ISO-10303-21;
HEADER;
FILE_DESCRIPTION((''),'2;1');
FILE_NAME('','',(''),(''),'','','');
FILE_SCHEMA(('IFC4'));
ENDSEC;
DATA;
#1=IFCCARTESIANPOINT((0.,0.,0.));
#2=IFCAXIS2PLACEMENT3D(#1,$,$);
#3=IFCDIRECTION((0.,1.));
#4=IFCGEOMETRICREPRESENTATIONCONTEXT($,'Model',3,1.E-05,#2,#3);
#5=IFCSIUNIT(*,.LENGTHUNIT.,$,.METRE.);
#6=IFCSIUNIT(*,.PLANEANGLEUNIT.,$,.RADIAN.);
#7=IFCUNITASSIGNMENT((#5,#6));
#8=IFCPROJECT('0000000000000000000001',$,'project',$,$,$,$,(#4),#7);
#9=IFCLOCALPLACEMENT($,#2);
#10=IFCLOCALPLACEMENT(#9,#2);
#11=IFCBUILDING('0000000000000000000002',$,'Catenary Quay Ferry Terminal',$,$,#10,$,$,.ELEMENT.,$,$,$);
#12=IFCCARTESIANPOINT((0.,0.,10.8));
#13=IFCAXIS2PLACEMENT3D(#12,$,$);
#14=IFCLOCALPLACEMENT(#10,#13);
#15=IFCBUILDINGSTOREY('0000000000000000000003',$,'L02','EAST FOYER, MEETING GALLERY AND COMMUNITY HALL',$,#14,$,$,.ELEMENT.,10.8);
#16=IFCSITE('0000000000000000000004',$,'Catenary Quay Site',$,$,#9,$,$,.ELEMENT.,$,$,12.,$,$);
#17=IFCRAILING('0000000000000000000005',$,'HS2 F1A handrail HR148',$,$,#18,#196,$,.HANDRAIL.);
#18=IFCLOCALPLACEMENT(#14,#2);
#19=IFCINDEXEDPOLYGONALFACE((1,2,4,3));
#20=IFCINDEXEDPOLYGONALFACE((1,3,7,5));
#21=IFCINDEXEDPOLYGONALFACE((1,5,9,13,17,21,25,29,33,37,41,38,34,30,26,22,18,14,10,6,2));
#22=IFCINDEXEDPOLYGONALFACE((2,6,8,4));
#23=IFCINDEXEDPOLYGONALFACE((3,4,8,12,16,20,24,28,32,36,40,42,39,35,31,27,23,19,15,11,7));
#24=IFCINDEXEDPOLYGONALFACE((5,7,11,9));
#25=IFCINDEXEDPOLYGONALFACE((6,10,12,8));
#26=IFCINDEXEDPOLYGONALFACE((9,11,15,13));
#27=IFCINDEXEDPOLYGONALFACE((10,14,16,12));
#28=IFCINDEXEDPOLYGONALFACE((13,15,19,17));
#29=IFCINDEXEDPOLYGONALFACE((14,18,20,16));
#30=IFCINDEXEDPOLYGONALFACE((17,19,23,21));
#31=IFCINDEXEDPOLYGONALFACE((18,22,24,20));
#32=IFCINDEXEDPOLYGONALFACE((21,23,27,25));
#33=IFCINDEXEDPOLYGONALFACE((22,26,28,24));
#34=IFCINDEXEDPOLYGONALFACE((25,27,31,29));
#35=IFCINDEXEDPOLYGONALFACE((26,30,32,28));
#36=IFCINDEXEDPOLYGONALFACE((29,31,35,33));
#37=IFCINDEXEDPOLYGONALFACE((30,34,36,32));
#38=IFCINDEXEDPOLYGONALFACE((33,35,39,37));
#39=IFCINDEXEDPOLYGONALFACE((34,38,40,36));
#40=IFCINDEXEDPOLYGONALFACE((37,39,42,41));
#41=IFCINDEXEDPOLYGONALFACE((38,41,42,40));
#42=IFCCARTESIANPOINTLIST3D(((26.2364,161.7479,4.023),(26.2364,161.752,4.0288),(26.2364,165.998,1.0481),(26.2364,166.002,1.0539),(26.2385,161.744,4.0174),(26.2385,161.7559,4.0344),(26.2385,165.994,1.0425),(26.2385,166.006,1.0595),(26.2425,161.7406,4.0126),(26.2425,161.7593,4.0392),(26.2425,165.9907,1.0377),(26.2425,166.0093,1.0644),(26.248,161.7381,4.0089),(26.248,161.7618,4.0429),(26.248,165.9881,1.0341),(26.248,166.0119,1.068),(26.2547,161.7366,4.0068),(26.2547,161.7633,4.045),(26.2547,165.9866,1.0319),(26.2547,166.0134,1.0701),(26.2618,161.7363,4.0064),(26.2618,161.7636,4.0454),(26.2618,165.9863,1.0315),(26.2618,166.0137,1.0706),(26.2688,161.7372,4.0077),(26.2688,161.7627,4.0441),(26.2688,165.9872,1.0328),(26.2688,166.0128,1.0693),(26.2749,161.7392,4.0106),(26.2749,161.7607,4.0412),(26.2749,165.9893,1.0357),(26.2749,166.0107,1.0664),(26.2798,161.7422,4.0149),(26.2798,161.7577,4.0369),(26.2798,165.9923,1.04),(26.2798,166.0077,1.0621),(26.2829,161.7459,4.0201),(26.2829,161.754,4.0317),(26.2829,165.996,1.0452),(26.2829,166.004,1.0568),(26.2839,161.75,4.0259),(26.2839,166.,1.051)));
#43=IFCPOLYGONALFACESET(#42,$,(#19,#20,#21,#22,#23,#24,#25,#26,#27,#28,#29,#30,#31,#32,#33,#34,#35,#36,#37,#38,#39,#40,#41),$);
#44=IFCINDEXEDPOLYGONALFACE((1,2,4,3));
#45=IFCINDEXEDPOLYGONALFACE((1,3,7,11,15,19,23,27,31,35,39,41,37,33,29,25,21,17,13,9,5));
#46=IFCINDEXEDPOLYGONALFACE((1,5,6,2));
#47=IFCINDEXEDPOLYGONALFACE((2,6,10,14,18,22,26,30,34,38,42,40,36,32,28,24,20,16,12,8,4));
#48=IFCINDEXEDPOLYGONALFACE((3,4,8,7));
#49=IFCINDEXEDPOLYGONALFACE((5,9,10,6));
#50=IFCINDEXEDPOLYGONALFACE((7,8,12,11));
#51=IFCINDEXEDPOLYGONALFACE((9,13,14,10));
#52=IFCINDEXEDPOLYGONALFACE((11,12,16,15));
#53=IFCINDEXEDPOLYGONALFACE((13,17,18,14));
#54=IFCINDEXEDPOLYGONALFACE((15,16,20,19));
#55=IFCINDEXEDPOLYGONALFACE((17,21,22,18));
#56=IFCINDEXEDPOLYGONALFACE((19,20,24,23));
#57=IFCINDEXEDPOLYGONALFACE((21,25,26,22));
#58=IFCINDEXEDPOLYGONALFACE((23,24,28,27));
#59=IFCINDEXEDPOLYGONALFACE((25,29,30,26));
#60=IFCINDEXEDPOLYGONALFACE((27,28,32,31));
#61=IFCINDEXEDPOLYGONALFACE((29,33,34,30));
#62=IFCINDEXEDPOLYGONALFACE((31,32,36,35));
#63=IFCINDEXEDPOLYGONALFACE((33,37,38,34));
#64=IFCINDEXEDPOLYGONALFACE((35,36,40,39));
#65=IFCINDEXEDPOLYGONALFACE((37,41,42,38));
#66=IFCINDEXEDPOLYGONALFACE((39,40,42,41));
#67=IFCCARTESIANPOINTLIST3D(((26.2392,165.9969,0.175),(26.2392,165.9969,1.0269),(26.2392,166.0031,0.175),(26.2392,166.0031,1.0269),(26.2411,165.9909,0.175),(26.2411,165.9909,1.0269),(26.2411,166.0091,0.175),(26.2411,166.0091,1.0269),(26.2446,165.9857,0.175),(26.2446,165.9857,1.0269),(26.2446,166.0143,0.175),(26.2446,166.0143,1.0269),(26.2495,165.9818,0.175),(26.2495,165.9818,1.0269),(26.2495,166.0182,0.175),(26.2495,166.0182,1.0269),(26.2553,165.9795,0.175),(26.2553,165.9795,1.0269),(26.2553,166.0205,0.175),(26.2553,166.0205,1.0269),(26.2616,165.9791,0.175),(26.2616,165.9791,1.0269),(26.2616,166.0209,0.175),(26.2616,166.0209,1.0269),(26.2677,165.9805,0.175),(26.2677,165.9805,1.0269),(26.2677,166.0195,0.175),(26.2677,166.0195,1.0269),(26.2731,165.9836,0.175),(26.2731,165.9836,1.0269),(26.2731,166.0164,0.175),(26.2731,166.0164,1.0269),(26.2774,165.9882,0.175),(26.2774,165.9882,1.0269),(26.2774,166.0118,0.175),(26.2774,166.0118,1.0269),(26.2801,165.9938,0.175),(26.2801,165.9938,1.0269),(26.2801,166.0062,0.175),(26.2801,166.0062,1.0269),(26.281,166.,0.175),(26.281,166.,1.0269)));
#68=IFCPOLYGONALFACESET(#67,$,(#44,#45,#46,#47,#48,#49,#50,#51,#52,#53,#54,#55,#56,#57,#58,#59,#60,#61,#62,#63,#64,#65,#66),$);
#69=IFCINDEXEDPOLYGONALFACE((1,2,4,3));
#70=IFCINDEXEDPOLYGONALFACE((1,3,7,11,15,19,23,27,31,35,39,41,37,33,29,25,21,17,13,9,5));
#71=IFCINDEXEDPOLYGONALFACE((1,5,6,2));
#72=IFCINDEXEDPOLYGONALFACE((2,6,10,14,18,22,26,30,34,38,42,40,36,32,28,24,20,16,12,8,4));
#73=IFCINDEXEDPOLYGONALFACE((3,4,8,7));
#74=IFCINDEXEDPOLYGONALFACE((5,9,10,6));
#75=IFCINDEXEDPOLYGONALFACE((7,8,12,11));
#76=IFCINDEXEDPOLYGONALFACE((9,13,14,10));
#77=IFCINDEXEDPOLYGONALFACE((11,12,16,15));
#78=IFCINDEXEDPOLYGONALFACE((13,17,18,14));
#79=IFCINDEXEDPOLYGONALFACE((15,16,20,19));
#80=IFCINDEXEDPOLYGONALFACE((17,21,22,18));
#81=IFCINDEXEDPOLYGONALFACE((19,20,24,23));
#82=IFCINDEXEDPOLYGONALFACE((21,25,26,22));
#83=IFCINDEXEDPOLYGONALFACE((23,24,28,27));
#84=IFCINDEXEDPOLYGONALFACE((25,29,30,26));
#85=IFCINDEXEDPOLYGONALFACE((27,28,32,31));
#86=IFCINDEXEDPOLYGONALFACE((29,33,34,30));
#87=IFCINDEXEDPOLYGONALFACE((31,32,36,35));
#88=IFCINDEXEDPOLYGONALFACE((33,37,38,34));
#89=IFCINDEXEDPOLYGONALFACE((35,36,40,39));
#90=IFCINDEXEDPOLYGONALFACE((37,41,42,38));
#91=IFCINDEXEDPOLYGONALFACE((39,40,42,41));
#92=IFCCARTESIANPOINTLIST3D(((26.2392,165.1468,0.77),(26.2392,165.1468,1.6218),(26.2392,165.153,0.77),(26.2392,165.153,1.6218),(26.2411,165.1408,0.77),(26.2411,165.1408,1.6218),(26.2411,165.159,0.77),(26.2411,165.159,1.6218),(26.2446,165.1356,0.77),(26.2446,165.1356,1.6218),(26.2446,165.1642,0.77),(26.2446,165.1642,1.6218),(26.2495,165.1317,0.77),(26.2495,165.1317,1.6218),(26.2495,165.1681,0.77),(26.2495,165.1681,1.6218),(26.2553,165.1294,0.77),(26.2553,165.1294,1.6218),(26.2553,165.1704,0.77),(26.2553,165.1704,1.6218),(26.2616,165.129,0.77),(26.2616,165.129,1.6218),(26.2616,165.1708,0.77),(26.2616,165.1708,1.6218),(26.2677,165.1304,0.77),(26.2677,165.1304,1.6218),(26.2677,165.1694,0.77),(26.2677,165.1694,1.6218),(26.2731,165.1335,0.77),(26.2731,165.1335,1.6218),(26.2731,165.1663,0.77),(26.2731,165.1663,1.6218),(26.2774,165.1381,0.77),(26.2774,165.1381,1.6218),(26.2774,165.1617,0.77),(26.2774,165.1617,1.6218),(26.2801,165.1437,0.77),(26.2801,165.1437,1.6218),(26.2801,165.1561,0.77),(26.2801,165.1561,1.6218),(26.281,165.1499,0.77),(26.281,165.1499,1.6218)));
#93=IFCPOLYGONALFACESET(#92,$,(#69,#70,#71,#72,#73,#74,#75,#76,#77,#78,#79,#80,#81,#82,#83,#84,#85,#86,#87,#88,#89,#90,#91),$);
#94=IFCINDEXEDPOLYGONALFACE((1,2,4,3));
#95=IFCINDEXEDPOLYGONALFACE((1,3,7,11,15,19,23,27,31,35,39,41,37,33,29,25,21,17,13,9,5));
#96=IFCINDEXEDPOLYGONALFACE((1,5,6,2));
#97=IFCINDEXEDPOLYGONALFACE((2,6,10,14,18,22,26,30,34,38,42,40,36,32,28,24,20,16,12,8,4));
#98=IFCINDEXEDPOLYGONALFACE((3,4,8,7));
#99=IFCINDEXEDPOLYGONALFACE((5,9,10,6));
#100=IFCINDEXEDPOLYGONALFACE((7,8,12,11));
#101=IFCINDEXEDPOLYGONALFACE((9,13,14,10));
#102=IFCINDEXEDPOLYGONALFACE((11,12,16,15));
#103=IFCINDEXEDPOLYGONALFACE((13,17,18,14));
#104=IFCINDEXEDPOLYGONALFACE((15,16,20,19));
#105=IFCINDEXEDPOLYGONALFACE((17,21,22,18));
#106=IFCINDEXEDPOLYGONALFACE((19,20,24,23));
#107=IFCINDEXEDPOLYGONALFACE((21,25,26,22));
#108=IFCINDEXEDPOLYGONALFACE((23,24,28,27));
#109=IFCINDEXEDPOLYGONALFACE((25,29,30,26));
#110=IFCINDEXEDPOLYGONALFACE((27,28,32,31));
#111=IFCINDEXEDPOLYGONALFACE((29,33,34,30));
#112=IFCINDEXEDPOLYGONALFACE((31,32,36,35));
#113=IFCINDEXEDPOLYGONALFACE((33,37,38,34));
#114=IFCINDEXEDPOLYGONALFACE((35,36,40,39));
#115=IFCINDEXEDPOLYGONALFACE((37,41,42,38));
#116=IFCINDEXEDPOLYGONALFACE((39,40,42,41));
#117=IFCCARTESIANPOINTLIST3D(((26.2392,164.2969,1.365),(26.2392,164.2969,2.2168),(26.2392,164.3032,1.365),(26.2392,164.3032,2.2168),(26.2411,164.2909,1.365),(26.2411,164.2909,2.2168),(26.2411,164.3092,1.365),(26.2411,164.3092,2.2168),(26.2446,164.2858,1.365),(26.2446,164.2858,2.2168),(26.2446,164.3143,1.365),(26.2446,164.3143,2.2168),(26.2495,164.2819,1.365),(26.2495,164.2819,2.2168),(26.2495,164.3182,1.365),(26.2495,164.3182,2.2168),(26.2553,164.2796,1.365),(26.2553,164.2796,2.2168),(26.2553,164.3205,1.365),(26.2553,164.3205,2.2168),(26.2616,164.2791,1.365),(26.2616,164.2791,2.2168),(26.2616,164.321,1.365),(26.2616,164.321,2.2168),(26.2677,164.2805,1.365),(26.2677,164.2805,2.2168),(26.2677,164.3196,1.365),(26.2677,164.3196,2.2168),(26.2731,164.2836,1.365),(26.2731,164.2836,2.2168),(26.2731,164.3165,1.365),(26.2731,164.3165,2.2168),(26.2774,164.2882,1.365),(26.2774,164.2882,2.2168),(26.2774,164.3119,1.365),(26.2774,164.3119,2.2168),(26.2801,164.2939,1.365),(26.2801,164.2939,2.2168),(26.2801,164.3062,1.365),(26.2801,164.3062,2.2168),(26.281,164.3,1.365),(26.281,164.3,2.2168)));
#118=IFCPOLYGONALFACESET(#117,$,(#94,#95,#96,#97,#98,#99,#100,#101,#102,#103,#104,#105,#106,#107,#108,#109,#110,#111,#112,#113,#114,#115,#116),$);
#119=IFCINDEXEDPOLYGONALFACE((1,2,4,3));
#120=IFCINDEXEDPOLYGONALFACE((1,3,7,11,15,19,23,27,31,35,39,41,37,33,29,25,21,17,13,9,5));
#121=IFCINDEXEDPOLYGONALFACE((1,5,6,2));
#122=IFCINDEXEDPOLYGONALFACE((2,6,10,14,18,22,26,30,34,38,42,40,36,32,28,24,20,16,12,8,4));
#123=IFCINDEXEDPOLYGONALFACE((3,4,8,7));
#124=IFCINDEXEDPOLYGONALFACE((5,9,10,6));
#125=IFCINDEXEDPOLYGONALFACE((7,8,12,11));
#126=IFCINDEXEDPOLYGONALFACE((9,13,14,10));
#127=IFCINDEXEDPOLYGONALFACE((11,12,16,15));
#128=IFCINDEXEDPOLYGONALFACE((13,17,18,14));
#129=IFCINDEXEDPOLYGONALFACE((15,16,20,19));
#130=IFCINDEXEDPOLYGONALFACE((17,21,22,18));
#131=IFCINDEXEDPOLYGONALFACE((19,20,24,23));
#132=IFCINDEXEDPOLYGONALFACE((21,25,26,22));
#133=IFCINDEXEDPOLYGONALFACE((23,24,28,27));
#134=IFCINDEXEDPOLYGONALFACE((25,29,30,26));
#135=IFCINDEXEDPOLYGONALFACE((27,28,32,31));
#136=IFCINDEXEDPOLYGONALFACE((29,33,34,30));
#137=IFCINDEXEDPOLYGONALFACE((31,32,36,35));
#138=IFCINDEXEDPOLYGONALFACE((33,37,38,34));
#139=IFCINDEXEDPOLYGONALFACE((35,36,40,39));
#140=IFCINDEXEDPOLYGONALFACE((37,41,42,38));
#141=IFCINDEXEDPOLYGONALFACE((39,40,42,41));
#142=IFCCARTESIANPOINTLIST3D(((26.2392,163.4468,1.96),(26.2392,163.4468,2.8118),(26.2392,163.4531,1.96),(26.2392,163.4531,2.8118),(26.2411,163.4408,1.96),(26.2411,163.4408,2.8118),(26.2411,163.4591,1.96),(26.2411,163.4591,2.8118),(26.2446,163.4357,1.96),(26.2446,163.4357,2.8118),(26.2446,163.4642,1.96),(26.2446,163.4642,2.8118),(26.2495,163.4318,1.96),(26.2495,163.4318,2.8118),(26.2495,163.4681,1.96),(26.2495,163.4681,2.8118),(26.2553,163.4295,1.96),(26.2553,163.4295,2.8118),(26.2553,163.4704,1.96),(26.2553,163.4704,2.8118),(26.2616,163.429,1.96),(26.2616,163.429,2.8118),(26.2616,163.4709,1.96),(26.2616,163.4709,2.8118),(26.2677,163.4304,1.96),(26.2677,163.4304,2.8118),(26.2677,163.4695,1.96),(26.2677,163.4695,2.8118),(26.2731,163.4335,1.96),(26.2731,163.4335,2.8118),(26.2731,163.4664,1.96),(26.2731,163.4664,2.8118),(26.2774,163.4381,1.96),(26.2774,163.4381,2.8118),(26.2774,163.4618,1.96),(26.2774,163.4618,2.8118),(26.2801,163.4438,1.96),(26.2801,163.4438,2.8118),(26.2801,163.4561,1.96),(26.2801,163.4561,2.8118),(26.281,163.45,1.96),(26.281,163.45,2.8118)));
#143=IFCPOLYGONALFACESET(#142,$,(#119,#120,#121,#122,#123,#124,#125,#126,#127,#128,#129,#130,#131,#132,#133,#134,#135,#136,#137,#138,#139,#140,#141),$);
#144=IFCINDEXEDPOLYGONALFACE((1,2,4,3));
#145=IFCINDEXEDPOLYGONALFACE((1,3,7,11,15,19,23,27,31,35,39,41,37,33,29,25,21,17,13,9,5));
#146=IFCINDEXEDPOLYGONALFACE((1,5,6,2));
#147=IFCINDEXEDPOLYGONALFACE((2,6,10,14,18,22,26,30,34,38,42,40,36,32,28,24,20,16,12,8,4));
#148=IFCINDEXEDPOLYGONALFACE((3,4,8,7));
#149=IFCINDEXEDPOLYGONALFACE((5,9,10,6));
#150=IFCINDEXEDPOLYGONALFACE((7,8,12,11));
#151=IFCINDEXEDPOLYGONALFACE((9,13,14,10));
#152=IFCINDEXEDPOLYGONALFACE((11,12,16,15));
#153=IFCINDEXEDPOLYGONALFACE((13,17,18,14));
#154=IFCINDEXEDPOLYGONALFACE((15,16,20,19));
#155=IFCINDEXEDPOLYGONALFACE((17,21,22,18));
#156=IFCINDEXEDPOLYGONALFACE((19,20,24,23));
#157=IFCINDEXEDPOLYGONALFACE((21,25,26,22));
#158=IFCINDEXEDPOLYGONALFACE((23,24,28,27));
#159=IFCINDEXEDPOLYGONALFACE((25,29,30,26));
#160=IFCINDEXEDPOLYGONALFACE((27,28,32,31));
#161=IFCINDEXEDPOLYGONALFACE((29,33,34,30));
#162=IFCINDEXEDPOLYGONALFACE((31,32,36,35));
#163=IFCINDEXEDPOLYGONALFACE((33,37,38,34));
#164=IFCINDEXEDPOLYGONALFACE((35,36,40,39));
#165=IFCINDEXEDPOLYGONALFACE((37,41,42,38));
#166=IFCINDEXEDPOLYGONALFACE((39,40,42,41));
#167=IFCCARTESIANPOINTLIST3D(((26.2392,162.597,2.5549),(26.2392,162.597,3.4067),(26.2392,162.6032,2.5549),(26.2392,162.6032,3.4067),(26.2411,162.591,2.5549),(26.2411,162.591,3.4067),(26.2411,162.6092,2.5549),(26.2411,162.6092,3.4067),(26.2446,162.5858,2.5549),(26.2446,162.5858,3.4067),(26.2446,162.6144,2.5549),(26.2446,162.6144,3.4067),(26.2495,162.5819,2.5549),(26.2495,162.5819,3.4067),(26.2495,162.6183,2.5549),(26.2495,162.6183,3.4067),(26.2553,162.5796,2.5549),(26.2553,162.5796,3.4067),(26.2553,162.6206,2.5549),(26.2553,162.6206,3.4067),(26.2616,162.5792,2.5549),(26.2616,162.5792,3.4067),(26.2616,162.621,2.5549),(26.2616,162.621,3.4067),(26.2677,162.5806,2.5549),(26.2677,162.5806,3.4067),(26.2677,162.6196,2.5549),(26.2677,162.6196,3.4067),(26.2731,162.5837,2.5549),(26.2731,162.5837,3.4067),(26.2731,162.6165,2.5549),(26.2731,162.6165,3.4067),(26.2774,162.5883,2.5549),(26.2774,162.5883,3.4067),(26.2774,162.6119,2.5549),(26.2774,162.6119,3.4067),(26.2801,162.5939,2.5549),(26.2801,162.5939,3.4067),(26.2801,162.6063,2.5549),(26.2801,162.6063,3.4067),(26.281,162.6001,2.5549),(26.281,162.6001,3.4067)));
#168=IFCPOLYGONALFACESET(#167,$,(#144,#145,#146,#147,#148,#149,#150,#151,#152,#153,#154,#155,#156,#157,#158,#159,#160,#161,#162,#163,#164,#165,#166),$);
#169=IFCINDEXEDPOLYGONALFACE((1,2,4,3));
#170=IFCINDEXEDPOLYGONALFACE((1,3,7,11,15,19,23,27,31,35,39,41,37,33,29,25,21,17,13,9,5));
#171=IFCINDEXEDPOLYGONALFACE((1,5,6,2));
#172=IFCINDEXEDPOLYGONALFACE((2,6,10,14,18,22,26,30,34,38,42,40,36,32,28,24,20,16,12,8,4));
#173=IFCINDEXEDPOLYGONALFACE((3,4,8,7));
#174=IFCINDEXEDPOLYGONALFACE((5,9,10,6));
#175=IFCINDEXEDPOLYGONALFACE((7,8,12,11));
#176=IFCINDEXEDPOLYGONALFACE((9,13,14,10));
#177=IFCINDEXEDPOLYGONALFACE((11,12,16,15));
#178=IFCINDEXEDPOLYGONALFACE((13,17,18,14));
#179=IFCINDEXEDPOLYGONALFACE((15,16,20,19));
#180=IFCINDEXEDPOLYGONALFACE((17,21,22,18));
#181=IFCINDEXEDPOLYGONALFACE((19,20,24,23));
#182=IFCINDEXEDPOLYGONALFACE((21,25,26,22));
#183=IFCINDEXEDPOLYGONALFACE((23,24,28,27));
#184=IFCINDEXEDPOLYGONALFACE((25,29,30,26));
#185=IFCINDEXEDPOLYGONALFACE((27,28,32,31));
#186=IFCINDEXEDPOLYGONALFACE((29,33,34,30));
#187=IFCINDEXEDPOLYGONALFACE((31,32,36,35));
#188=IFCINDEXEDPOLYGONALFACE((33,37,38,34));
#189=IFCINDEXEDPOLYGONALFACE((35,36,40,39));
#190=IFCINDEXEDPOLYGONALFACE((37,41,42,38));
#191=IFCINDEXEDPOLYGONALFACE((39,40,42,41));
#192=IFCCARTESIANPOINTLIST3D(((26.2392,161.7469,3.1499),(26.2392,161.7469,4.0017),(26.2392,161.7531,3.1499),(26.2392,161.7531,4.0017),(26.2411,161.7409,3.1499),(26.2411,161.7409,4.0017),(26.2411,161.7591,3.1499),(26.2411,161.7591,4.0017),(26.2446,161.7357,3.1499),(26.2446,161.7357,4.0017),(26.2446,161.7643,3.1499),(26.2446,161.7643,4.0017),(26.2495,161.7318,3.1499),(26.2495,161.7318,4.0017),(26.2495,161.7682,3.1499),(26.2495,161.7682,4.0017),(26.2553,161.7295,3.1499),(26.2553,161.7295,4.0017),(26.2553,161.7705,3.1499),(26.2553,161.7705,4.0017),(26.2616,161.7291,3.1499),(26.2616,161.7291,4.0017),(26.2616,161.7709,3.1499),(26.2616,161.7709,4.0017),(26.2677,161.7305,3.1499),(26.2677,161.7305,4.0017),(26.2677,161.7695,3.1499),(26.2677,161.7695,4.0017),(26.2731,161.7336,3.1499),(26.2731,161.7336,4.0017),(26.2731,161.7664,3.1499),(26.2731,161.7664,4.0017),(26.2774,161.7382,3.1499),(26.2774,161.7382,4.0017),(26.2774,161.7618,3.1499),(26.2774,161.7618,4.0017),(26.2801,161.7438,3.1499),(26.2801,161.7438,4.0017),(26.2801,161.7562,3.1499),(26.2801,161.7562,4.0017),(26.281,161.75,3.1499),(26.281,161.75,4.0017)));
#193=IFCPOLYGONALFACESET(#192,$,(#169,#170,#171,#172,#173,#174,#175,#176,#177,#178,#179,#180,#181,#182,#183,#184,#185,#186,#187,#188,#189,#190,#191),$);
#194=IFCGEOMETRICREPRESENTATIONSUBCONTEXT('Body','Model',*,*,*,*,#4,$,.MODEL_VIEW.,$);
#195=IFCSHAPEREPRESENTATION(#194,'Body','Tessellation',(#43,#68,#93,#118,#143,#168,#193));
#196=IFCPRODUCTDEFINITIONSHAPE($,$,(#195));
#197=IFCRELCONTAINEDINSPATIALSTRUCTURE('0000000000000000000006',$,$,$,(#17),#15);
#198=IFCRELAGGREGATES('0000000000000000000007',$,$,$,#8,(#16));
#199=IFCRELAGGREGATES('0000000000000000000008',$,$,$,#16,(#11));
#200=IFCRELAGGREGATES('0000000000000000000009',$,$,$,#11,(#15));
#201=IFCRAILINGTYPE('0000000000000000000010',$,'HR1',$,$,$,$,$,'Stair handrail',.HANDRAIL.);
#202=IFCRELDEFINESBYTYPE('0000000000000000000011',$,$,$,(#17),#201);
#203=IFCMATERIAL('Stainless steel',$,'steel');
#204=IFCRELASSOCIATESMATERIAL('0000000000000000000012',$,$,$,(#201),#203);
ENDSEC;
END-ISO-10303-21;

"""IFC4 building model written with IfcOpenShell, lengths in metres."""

from ifc_helpers import new_model, si_unit, direction, frame, origin, origin_2d, place, context, subcontext, project, spatial, circle, extrude, material, type_object, element, save


model = new_model("IFC4")

# Units and contexts
model_context = context("Model", 3, precision=1e-05, world=origin(), true_north=direction((0.0, 1.0)))
body_context = subcontext(model_context, "Body", "Model", "MODEL_VIEW")
ifc_project = project(units=[si_unit("LENGTHUNIT", "METRE"), si_unit("PLANEANGLEUNIT", "RADIAN")], contexts=[model_context])

# Site, building, storey
site_placement = place(None, origin())
site = spatial("IfcSite", under=ifc_project, at=site_placement, Name="Catenary Quay Site", CompositionType="ELEMENT", RefElevation=12.0)
building_placement = place(site_placement, origin())
building = spatial("IfcBuilding", under=site, at=building_placement, Name="Catenary Quay Ferry Terminal", CompositionType="ELEMENT")
storey_placement = place(building_placement, frame((0.0, 0.0, 10.8)))
storey = spatial("IfcBuildingStorey", under=building, at=storey_placement, Name="L02", Description="EAST FOYER, MEETING GALLERY AND COMMUNITY HALL", CompositionType="ELEMENT", Elevation=10.8)

# Railing
ifc_material_1 = material(Name="Stainless steel", Category="steel")
railing_type_1 = type_object("IfcRailingType", Name="HR1", ElementType="Stair handrail", PredefinedType="HANDRAIL", material=ifc_material_1)
railing_1_placement = place(storey_placement, frame((26.26, 166.0, 0.175)))
element("IfcRailing", 1, at=railing_1_placement, inside=storey, type_object=railing_type_1, Name="HS2 F1A handrail HR148", PredefinedType="HANDRAIL", context=body_context, shape_type="SweptSolid", body=[
    extrude(circle(Radius=0.0239, at=origin_2d()), frame((0.0, 0.0, 0.876), z_axis=(0.0, -0.819245, 0.573443), x_axis=(1.0, 0.0, 0.0)), (0.0, 0.0, 1.0), 5.1877),
    extrude(circle(Radius=0.021, at=origin_2d()), origin(), (0.0, 0.0, 1.0), 0.8518),
    extrude(circle(Radius=0.021, at=origin_2d()), frame((0.0, -0.8501, 0.595)), (0.0, 0.0, 1.0), 0.8518),
    extrude(circle(Radius=0.021, at=origin_2d()), frame((0.0, -1.7, 1.1899)), (0.0, 0.0, 1.0), 0.8518),
    extrude(circle(Radius=0.021, at=origin_2d()), frame((0.0, -2.55, 1.7849)), (0.0, 0.0, 1.0), 0.8518),
    extrude(circle(Radius=0.021, at=origin_2d()), frame((0.0, -3.3999, 2.3799)), (0.0, 0.0, 1.0), 0.8518),
    extrude(circle(Radius=0.021, at=origin_2d()), frame((0.0, -4.25, 2.9749)), (0.0, 0.0, 1.0), 0.8518),
])

save(model, "model.ifc")
